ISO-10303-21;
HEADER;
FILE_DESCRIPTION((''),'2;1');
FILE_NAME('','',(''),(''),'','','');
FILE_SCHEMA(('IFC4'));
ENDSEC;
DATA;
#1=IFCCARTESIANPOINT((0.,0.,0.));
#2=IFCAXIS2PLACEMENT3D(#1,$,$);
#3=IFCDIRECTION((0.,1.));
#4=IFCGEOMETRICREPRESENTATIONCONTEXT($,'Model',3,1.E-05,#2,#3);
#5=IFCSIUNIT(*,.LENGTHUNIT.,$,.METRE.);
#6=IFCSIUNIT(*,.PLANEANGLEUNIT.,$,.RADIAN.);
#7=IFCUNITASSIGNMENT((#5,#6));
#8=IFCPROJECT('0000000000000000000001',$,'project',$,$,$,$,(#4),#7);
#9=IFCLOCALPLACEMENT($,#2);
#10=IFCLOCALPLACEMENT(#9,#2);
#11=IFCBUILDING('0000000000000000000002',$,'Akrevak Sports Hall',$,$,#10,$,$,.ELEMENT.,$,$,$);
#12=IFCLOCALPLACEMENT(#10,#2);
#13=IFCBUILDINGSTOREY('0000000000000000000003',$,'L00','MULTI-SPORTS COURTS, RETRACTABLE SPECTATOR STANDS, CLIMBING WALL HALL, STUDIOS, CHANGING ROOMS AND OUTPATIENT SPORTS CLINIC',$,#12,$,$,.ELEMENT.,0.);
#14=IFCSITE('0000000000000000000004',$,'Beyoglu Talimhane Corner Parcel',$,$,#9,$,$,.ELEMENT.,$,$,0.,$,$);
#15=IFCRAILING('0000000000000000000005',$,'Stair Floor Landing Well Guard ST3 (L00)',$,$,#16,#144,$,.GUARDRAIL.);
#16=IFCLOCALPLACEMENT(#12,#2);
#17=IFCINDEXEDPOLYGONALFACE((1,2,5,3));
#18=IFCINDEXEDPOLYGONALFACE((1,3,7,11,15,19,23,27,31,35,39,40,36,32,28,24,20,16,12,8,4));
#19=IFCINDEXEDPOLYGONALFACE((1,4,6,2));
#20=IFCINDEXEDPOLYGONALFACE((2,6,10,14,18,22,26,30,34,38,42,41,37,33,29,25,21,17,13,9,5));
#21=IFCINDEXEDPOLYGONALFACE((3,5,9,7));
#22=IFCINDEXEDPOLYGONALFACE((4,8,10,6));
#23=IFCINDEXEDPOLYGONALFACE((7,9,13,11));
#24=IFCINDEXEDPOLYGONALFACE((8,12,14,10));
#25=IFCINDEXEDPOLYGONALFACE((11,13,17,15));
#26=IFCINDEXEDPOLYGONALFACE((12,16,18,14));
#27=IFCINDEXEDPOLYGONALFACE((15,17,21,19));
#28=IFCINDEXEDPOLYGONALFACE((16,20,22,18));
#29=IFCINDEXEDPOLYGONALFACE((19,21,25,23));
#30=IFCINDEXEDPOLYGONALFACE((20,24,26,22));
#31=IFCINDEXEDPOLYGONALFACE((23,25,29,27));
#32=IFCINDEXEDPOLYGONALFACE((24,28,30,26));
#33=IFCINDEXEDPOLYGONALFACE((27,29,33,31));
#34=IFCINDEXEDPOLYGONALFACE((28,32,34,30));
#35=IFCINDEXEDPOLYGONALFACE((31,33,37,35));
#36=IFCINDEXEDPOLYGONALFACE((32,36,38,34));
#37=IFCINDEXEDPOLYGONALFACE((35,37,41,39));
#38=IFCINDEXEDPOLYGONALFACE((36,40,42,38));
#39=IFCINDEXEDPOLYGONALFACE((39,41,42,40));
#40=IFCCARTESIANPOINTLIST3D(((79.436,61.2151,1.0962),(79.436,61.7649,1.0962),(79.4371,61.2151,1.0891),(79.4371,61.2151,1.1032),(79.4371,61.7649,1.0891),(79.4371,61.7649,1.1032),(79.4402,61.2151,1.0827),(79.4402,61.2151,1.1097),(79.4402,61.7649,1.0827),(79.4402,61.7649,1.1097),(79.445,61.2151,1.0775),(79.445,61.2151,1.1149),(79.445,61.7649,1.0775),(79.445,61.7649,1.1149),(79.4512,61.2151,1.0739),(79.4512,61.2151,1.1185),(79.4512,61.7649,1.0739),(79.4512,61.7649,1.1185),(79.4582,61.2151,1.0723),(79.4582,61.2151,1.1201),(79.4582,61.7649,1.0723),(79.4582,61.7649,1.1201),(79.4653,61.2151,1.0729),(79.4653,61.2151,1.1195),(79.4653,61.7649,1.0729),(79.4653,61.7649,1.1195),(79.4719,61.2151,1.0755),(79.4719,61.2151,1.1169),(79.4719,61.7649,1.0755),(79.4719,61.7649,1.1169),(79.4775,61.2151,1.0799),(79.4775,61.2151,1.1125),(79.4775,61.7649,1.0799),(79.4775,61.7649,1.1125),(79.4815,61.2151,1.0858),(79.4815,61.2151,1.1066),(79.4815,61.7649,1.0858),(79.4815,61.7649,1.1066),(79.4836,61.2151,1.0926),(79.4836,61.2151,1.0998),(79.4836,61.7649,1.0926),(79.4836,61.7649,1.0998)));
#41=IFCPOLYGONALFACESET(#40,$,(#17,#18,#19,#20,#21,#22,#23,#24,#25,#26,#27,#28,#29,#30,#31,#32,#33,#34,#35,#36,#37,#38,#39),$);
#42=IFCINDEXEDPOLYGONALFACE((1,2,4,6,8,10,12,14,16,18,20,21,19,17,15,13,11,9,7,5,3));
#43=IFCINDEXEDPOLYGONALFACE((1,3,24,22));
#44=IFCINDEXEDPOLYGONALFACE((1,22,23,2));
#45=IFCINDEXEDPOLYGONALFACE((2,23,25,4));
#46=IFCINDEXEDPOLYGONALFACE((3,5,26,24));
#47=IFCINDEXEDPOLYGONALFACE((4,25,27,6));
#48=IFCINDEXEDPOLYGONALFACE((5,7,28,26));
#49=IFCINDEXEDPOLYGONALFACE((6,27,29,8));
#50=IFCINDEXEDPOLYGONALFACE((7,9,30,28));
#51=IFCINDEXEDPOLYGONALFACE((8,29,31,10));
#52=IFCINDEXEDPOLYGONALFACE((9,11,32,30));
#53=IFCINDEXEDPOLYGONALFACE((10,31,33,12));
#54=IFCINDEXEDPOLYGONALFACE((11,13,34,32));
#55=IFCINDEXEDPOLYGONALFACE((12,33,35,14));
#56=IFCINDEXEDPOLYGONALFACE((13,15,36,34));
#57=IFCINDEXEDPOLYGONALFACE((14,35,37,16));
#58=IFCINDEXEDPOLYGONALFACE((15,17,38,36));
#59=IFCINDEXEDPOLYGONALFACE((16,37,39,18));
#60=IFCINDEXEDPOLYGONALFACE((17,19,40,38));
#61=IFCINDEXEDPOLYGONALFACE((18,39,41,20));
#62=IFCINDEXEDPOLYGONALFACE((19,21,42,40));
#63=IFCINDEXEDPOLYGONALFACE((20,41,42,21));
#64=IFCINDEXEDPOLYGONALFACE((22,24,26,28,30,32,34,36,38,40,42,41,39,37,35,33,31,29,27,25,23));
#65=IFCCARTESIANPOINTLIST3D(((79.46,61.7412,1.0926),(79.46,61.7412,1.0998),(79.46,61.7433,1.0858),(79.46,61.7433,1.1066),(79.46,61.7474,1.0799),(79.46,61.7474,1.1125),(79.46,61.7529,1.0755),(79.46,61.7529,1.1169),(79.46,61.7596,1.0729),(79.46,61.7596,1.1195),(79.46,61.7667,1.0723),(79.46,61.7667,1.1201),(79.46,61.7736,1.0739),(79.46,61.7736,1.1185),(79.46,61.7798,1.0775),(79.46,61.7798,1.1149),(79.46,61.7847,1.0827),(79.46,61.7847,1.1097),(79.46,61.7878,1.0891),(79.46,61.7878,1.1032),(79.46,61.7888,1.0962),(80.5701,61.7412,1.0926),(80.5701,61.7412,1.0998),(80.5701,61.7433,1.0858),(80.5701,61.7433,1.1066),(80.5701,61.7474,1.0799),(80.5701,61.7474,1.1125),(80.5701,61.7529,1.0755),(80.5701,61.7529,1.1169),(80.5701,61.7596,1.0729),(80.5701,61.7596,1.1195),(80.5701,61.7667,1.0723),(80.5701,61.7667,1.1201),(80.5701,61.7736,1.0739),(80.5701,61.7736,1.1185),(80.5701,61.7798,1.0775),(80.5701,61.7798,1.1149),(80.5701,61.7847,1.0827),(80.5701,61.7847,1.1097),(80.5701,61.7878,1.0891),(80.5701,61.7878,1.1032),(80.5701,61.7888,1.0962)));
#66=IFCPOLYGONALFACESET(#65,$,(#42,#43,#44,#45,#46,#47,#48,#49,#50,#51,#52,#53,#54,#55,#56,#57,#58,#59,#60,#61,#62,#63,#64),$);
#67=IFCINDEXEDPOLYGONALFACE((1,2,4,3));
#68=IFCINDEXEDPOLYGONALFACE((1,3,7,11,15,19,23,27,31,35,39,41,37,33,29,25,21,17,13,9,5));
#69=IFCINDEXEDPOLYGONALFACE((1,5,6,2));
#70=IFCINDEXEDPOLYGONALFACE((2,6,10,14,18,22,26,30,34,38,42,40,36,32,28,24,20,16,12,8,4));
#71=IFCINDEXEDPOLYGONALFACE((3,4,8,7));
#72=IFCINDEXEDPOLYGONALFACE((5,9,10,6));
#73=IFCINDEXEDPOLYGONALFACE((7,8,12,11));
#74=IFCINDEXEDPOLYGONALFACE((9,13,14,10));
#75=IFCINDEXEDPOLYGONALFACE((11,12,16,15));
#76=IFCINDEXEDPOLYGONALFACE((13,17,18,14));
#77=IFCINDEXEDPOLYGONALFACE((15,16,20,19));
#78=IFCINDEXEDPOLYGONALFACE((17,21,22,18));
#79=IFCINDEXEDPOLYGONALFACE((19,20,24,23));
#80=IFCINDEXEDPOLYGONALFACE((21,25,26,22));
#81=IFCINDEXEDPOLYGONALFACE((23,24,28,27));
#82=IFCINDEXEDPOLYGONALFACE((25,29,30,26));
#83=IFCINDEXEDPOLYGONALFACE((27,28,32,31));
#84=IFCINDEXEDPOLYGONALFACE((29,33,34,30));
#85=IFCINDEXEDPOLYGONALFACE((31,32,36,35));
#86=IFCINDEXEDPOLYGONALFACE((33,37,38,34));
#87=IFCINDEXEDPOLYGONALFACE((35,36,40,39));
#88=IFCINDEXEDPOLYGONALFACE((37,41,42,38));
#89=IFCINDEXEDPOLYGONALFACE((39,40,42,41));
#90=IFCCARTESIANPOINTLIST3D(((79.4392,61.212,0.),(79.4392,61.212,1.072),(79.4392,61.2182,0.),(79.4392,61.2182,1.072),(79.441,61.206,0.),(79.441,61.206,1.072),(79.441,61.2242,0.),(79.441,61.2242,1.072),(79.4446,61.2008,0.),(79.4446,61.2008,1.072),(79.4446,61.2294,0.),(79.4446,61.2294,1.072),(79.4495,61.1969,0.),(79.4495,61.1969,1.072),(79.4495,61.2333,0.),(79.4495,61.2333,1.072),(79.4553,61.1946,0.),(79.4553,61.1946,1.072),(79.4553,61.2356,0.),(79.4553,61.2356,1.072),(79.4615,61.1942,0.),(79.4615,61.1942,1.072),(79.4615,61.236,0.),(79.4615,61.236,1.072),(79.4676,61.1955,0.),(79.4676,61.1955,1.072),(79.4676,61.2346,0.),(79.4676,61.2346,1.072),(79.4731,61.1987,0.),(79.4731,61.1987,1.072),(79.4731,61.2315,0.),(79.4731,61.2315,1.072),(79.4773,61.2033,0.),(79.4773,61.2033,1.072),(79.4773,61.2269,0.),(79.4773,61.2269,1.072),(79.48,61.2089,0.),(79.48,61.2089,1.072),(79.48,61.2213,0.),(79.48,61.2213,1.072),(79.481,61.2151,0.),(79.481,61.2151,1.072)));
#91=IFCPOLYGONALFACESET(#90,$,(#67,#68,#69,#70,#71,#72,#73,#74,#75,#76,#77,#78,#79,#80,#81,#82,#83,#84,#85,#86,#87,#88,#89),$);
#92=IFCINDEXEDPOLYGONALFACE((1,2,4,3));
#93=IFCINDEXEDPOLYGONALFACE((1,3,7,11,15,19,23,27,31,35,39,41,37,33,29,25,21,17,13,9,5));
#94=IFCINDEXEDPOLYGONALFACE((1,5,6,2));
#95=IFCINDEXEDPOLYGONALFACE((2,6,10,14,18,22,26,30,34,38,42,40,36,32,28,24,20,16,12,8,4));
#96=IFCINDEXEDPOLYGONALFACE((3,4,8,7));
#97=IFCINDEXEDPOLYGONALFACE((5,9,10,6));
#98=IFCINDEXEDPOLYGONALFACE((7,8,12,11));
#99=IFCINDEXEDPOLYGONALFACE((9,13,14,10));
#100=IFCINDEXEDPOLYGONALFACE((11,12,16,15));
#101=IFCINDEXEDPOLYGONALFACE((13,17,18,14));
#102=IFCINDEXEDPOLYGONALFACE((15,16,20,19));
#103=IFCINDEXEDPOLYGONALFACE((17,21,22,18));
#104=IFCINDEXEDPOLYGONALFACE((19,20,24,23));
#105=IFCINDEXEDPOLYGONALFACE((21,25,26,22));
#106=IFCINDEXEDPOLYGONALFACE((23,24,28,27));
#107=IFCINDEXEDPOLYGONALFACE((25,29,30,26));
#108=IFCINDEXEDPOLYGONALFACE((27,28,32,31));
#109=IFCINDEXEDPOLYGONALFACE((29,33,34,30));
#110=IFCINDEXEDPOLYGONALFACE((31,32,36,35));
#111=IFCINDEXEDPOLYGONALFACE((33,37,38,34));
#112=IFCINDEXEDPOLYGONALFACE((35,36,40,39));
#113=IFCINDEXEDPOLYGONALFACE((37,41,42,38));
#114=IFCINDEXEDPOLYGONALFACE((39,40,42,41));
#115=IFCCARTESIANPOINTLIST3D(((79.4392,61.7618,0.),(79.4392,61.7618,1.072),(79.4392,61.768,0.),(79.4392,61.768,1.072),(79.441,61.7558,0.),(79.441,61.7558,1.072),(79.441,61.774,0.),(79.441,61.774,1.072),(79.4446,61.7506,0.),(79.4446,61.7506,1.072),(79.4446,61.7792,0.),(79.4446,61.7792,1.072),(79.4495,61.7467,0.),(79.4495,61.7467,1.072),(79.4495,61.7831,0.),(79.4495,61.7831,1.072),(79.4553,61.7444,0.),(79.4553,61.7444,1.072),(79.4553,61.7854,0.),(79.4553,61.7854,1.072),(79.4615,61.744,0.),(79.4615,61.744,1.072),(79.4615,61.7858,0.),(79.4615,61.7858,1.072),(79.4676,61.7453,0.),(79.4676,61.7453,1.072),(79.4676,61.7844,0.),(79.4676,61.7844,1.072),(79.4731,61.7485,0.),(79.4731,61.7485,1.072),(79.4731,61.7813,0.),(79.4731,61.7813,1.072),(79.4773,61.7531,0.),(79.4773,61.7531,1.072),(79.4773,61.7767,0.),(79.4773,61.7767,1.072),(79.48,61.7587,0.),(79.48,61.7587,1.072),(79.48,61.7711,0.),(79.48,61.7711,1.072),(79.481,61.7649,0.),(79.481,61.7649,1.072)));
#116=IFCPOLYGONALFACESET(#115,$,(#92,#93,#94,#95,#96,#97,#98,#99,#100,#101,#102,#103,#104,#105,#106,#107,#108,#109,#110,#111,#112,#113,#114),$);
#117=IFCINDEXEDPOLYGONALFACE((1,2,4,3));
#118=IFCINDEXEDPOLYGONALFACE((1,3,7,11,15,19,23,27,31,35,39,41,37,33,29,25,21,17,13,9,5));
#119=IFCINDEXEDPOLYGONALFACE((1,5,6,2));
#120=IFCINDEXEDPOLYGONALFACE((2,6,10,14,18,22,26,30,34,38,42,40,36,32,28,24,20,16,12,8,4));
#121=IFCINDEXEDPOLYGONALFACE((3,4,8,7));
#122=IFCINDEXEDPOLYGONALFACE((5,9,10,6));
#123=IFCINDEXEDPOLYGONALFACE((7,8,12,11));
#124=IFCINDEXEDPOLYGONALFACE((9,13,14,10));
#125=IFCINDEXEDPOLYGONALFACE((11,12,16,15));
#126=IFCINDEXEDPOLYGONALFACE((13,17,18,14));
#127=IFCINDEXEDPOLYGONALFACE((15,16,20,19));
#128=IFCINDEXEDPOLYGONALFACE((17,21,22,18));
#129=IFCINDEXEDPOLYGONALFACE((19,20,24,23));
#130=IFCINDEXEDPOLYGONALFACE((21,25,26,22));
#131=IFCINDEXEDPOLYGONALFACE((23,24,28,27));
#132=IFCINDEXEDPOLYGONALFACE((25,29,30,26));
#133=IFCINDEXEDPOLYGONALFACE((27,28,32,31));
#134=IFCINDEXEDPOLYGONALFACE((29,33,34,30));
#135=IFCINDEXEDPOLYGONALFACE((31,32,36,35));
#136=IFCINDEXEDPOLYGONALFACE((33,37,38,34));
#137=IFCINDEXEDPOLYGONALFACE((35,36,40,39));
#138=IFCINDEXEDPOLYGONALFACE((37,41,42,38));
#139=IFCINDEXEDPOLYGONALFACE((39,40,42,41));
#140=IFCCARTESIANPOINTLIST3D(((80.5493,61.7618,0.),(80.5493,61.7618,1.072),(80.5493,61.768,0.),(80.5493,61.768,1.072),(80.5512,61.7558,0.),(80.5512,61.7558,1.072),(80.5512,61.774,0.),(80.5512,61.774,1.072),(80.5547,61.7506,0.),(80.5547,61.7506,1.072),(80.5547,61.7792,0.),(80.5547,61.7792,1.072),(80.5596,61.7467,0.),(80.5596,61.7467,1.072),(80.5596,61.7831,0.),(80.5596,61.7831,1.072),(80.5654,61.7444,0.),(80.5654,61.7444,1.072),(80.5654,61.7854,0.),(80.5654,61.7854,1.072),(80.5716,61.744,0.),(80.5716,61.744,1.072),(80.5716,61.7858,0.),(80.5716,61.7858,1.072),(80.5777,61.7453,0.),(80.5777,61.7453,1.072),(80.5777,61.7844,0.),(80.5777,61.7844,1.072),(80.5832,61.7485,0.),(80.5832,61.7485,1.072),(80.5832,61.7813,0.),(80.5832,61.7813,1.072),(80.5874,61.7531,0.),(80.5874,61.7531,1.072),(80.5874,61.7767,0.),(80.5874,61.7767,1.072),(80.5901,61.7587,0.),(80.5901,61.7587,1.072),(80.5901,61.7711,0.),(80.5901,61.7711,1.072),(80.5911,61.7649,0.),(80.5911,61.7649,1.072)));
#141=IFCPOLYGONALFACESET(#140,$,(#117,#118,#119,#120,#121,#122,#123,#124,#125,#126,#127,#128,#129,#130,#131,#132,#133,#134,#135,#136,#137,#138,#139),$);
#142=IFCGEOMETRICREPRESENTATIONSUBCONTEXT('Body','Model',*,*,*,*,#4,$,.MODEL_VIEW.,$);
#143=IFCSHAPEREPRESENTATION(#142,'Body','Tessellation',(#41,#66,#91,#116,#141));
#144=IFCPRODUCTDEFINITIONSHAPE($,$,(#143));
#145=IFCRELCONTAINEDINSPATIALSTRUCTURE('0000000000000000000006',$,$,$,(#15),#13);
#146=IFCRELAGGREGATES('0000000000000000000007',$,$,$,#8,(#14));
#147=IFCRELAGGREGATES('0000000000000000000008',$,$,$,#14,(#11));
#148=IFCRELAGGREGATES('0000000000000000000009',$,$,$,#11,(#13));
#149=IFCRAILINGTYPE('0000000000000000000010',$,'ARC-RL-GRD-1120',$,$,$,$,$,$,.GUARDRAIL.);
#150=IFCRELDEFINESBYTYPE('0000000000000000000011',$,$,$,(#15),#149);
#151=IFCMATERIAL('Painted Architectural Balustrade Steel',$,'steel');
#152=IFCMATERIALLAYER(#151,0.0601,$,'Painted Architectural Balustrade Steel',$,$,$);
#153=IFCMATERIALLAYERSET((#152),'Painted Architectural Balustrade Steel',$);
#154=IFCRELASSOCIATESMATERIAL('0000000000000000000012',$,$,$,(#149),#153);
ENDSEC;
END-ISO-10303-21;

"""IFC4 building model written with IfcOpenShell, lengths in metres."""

from ifc_helpers import new_model, si_unit, direction, frame, origin, origin_2d, place, context, subcontext, project, spatial, circle, extrude, material, layer, layer_set, type_object, element, save


model = new_model("IFC4")

# Units and contexts
model_context = context("Model", 3, precision=1e-05, world=origin(), true_north=direction((0.0, 1.0)))
body_context = subcontext(model_context, "Body", "Model", "MODEL_VIEW")
ifc_project = project(units=[si_unit("LENGTHUNIT", "METRE"), si_unit("PLANEANGLEUNIT", "RADIAN")], contexts=[model_context])

# Site, building, storey
site_placement = place(None, origin())
site = spatial("IfcSite", under=ifc_project, at=site_placement, Name="Beyoglu Talimhane Corner Parcel", CompositionType="ELEMENT", RefElevation=0.0)
building_placement = place(site_placement, origin())
building = spatial("IfcBuilding", under=site, at=building_placement, Name="Akrevak Sports Hall", CompositionType="ELEMENT")
storey_placement = place(building_placement, origin())
storey = spatial("IfcBuildingStorey", under=building, at=storey_placement, Name="L00", Description="MULTI-SPORTS COURTS, RETRACTABLE SPECTATOR STANDS, CLIMBING WALL HALL, STUDIOS, CHANGING ROOMS AND OUTPATIENT SPORTS CLINIC", CompositionType="ELEMENT", Elevation=0.0)

# Railing
ifc_material_1 = material(Name="Painted Architectural Balustrade Steel", Category="steel")
ifc_layer_1 = layer(ifc_material_1, 0.0601, Name="Painted Architectural Balustrade Steel")
ifc_layer_set_1 = layer_set([ifc_layer_1], Name="Painted Architectural Balustrade Steel")
railing_type_1 = type_object("IfcRailingType", Name="ARC-RL-GRD-1120", PredefinedType="GUARDRAIL", material=ifc_layer_set_1)
railing_1_placement = place(storey_placement, frame((79.46, 61.2151, 0.0)))
element("IfcRailing", 1, at=railing_1_placement, inside=storey, type_object=railing_type_1, Name="Stair Floor Landing Well Guard ST3 (L00)", PredefinedType="GUARDRAIL", context=body_context, shape_type="SweptSolid", body=[
    extrude(circle(Radius=0.0239, at=origin_2d()), frame((0.0, 0.0, 1.0962), z_axis=(0.0, 1.0, 0.0), x_axis=(-1.0, 0.0, 0.0)), (0.0, 0.0, 1.0), 0.5498),
    extrude(circle(Radius=0.0239, at=origin_2d()), frame((0.0, 0.5498, 1.0962), z_axis=(1.0, 0.0, 0.0), x_axis=(0.0, 1.0, 0.0)), (0.0, 0.0, 1.0), 1.1101),
    extrude(circle(Radius=0.021, at=origin_2d()), origin(), (0.0, 0.0, 1.0), 1.072),
    extrude(circle(Radius=0.021, at=origin_2d()), frame((0.0, 0.5498, 0.0)), (0.0, 0.0, 1.0), 1.072),
    extrude(circle(Radius=0.021, at=origin_2d()), frame((1.1101, 0.5498, 0.0)), (0.0, 0.0, 1.0), 1.072),
])

save(model, "model.ifc")
